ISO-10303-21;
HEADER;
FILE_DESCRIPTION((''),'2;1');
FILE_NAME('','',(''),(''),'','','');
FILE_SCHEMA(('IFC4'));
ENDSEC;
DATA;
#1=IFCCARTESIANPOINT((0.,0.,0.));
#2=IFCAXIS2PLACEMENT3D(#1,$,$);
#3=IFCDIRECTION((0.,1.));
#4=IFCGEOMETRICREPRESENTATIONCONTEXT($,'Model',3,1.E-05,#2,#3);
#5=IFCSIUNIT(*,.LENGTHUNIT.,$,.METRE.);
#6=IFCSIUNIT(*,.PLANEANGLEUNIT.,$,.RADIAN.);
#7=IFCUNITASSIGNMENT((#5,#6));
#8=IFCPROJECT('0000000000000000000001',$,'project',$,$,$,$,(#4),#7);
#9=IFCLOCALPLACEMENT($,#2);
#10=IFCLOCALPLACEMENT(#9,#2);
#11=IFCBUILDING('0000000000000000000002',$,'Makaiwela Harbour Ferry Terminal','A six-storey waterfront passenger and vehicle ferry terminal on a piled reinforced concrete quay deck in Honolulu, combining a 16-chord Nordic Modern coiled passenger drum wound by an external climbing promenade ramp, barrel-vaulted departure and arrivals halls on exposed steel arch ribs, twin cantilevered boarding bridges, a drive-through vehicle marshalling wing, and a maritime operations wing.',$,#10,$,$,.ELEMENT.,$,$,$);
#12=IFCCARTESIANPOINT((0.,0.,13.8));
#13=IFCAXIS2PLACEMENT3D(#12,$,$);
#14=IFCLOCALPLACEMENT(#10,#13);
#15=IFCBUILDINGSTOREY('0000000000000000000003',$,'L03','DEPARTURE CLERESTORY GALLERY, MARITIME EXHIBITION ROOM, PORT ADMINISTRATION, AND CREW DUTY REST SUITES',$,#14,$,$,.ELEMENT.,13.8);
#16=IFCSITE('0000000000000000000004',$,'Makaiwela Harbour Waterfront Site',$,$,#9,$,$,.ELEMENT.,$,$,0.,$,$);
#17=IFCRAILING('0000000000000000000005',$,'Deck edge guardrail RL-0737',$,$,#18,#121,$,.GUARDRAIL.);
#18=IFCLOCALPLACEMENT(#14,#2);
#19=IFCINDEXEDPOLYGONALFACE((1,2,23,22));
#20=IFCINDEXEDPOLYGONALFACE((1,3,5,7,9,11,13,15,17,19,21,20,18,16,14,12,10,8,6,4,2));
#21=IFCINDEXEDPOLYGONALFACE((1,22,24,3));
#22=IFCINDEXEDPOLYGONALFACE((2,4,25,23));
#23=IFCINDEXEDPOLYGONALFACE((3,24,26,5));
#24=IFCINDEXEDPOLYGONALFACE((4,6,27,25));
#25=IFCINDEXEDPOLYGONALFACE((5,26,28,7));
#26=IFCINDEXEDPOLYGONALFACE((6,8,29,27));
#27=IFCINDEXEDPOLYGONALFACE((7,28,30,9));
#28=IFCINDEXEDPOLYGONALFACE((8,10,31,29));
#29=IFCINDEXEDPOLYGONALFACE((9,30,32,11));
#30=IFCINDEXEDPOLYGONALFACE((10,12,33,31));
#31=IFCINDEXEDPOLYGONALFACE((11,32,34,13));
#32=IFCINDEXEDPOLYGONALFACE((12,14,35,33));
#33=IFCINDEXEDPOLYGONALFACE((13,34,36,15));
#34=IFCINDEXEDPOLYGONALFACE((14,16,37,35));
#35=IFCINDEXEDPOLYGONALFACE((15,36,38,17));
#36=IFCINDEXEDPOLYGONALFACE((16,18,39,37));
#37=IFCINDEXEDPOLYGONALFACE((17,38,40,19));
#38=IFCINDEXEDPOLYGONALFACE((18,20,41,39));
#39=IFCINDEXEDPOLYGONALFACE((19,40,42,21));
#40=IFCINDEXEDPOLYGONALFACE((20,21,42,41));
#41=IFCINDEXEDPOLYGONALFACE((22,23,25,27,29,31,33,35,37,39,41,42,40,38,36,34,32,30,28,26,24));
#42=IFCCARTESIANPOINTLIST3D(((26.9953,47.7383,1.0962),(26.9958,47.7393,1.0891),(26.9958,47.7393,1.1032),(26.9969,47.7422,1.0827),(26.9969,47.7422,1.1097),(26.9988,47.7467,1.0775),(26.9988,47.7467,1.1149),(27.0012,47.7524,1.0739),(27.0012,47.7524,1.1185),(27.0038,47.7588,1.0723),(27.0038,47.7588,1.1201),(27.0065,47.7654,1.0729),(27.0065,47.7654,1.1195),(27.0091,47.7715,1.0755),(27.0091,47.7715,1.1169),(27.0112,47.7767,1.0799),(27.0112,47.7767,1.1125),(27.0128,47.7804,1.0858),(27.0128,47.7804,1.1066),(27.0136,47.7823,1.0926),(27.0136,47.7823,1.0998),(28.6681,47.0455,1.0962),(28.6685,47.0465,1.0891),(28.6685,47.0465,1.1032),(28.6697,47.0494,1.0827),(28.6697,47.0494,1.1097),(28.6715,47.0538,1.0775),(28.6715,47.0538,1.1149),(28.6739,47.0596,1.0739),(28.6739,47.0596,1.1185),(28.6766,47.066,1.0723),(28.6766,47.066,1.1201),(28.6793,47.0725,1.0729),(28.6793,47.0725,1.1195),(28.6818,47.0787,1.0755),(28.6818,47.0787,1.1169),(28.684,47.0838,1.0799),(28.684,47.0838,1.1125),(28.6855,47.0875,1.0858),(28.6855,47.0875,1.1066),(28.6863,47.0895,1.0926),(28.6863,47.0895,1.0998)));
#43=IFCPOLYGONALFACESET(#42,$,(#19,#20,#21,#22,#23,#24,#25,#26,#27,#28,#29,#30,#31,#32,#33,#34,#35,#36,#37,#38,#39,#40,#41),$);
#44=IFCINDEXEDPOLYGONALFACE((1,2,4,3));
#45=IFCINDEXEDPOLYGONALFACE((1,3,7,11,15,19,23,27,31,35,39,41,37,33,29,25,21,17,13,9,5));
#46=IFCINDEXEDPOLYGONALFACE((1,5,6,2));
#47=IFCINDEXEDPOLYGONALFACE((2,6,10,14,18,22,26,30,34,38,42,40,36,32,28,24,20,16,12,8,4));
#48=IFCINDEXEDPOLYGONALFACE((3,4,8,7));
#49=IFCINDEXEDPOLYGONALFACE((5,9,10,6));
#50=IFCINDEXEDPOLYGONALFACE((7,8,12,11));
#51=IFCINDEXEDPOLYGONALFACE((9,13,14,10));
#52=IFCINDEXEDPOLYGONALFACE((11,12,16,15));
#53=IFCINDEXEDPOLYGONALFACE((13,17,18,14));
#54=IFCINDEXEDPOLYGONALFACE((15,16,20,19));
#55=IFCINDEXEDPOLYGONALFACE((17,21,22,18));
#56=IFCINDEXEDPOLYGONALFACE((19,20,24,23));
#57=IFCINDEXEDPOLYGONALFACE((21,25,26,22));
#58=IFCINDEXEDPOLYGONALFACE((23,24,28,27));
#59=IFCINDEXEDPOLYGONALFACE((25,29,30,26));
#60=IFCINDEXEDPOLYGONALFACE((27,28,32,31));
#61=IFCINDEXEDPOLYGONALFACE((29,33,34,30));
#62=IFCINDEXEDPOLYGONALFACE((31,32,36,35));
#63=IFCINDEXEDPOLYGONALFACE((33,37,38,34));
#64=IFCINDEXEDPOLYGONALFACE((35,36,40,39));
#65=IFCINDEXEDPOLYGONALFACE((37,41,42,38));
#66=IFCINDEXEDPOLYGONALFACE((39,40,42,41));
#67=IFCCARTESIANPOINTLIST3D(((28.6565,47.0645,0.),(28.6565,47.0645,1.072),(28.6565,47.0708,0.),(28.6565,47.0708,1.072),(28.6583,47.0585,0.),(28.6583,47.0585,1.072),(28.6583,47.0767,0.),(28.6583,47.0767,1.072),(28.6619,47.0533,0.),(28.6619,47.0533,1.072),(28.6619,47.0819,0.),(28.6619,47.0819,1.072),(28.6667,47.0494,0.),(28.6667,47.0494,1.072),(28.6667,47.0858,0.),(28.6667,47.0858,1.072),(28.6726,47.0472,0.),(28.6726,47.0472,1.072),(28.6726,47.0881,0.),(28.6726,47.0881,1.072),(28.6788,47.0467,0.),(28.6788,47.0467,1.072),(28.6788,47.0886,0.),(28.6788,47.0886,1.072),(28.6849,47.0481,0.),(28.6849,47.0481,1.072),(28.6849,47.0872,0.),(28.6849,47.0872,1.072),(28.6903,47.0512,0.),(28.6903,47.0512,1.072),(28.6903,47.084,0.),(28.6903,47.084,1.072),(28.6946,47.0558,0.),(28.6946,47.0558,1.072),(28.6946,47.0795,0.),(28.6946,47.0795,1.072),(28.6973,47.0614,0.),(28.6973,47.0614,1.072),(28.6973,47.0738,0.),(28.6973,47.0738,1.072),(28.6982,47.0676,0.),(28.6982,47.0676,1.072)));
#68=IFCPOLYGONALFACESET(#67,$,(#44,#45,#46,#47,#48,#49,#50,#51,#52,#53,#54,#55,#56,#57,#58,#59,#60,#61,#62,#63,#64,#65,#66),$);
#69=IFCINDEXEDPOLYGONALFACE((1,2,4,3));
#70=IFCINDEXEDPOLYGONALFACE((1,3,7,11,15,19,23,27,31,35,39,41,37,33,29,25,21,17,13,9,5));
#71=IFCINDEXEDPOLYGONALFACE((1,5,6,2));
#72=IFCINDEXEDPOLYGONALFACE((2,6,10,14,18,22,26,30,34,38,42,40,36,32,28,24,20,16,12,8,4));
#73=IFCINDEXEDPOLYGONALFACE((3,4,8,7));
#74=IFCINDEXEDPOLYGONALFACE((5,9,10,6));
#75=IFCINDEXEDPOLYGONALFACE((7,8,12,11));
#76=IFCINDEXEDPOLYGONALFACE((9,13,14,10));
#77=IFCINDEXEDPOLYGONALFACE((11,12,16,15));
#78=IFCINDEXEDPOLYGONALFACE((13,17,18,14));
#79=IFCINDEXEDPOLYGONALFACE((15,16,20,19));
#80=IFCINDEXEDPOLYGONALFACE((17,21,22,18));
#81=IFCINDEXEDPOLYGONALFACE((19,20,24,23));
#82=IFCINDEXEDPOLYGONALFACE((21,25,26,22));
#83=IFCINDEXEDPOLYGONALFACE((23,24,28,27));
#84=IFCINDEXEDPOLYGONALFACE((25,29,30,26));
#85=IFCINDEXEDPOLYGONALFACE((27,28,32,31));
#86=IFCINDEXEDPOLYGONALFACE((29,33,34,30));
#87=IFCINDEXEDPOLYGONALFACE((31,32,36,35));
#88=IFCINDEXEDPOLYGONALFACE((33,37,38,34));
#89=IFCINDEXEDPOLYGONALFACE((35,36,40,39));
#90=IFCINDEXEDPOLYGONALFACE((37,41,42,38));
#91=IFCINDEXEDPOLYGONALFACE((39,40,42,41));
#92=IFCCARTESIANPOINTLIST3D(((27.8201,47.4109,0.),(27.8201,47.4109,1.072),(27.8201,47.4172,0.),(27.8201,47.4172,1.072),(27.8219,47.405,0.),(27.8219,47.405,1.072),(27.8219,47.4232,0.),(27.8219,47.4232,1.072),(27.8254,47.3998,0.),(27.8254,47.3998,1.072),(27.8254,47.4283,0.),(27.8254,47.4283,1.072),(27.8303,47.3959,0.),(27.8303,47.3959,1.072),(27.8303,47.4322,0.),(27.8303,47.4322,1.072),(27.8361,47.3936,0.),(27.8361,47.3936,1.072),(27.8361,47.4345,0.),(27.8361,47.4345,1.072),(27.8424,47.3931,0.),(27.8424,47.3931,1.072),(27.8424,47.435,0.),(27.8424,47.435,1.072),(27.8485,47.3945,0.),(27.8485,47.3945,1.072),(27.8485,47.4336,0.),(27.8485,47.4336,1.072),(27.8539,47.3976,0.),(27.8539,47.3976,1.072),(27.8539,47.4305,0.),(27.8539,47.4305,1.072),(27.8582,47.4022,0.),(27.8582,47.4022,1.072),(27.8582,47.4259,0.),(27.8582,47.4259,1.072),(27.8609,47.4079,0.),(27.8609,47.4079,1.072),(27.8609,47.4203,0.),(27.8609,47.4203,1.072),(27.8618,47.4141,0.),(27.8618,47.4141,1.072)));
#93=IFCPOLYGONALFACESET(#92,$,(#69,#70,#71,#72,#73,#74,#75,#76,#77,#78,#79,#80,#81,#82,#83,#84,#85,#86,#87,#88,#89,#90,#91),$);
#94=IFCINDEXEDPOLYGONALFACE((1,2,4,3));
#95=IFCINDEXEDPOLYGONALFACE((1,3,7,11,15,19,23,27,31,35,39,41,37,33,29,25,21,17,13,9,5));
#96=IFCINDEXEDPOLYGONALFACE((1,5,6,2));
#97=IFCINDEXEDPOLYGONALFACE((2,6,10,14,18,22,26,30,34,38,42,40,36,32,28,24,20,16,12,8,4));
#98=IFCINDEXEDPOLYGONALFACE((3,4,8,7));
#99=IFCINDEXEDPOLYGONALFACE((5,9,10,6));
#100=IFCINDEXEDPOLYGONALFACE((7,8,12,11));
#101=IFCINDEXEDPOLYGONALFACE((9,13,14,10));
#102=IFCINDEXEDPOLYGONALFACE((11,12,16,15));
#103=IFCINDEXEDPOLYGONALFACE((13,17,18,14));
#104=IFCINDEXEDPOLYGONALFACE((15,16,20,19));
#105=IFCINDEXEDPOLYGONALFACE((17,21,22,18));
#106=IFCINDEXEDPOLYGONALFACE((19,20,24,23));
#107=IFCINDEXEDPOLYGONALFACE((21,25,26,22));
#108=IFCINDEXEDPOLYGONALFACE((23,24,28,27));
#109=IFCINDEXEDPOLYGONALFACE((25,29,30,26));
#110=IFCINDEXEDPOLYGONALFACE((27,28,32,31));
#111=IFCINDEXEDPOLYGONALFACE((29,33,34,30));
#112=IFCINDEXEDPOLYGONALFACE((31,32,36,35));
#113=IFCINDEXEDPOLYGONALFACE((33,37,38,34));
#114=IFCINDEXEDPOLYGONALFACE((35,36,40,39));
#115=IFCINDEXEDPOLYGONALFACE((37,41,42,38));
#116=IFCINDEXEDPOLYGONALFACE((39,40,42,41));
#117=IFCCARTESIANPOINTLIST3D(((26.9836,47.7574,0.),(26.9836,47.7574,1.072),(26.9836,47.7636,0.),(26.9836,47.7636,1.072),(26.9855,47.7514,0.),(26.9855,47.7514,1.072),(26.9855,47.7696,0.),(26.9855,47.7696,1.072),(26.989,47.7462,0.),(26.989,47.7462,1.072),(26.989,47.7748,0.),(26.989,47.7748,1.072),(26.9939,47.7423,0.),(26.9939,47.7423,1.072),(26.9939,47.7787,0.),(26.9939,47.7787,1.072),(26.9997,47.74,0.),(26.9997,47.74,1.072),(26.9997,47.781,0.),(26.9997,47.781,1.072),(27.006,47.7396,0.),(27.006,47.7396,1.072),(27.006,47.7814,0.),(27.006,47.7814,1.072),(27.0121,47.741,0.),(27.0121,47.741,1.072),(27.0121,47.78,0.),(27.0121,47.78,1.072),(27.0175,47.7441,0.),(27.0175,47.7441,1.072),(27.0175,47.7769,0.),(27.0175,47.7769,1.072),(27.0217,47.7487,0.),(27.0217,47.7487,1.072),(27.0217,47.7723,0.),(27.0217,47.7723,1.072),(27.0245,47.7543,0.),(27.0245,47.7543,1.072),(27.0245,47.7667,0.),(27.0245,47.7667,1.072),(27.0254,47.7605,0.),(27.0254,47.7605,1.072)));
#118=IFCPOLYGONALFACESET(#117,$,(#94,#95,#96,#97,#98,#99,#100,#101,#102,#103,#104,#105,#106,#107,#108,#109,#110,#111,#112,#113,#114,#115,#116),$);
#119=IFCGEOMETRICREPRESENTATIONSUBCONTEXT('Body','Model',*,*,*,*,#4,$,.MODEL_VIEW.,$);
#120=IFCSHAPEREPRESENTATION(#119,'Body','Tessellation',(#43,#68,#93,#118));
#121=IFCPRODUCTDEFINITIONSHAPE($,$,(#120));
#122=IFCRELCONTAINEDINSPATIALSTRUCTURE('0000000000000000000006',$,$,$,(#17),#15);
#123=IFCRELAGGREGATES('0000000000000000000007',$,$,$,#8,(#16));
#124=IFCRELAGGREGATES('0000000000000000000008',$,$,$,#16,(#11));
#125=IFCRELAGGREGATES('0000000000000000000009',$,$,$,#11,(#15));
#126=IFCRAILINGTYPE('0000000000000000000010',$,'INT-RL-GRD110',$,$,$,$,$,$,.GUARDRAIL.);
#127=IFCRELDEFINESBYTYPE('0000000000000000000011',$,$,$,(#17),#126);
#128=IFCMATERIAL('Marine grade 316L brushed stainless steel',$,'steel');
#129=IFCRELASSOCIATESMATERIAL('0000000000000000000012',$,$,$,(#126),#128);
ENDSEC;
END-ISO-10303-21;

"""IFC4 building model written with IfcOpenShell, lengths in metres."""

from ifc_helpers import new_model, si_unit, direction, frame, origin, origin_2d, place, context, subcontext, project, spatial, circle, extrude, material, type_object, element, save


model = new_model("IFC4")

# Units and contexts
model_context = context("Model", 3, precision=1e-05, world=origin(), true_north=direction((0.0, 1.0)))
body_context = subcontext(model_context, "Body", "Model", "MODEL_VIEW")
ifc_project = project(units=[si_unit("LENGTHUNIT", "METRE"), si_unit("PLANEANGLEUNIT", "RADIAN")], contexts=[model_context])

# Site, building, storey
site_placement = place(None, origin())
site = spatial("IfcSite", under=ifc_project, at=site_placement, Name="Makaiwela Harbour Waterfront Site", CompositionType="ELEMENT", RefElevation=0.0)
building_placement = place(site_placement, origin())
building = spatial("IfcBuilding", under=site, at=building_placement, Name="Makaiwela Harbour Ferry Terminal", Description="A six-storey waterfront passenger and vehicle ferry terminal on a piled reinforced concrete quay deck in Honolulu, combining a 16-chord Nordic Modern coiled passenger drum wound by an external climbing promenade ramp, barrel-vaulted departure and arrivals halls on exposed steel arch ribs, twin cantilevered boarding bridges, a drive-through vehicle marshalling wing, and a maritime operations wing.", CompositionType="ELEMENT")
storey_placement = place(building_placement, frame((0.0, 0.0, 13.8)))
storey = spatial("IfcBuildingStorey", under=building, at=storey_placement, Name="L03", Description="DEPARTURE CLERESTORY GALLERY, MARITIME EXHIBITION ROOM, PORT ADMINISTRATION, AND CREW DUTY REST SUITES", CompositionType="ELEMENT", Elevation=13.8)

# Railing
ifc_material_1 = material(Name="Marine grade 316L brushed stainless steel", Category="steel")
railing_type = type_object("IfcRailingType", Name="INT-RL-GRD110", PredefinedType="GUARDRAIL", material=ifc_material_1)
railing_1_placement = place(storey_placement, frame((28.6772, 47.0676, 0.0)))
element("IfcRailing", 1, at=railing_1_placement, inside=storey, type_object=railing_type, Name="Deck edge guardrail RL-0737", PredefinedType="GUARDRAIL", context=body_context, shape_type="SweptSolid", body=[
    extrude(circle(Radius=0.0239, at=origin_2d()), frame((0.0, 0.0, 1.0962), z_axis=(-0.923889, 0.382661, 0.0), x_axis=(-0.382661, -0.923889, 0.0)), (0.0, 0.0, 1.0), 1.8105),
    extrude(circle(Radius=0.021, at=origin_2d()), origin(), (0.0, 0.0, 1.0), 1.072),
    extrude(circle(Radius=0.021, at=origin_2d()), frame((-0.8364, 0.3464, 0.0)), (0.0, 0.0, 1.0), 1.072),
    extrude(circle(Radius=0.021, at=origin_2d()), frame((-1.6729, 0.6929, 0.0)), (0.0, 0.0, 1.0), 1.072),
])

save(model, "model.ifc")
